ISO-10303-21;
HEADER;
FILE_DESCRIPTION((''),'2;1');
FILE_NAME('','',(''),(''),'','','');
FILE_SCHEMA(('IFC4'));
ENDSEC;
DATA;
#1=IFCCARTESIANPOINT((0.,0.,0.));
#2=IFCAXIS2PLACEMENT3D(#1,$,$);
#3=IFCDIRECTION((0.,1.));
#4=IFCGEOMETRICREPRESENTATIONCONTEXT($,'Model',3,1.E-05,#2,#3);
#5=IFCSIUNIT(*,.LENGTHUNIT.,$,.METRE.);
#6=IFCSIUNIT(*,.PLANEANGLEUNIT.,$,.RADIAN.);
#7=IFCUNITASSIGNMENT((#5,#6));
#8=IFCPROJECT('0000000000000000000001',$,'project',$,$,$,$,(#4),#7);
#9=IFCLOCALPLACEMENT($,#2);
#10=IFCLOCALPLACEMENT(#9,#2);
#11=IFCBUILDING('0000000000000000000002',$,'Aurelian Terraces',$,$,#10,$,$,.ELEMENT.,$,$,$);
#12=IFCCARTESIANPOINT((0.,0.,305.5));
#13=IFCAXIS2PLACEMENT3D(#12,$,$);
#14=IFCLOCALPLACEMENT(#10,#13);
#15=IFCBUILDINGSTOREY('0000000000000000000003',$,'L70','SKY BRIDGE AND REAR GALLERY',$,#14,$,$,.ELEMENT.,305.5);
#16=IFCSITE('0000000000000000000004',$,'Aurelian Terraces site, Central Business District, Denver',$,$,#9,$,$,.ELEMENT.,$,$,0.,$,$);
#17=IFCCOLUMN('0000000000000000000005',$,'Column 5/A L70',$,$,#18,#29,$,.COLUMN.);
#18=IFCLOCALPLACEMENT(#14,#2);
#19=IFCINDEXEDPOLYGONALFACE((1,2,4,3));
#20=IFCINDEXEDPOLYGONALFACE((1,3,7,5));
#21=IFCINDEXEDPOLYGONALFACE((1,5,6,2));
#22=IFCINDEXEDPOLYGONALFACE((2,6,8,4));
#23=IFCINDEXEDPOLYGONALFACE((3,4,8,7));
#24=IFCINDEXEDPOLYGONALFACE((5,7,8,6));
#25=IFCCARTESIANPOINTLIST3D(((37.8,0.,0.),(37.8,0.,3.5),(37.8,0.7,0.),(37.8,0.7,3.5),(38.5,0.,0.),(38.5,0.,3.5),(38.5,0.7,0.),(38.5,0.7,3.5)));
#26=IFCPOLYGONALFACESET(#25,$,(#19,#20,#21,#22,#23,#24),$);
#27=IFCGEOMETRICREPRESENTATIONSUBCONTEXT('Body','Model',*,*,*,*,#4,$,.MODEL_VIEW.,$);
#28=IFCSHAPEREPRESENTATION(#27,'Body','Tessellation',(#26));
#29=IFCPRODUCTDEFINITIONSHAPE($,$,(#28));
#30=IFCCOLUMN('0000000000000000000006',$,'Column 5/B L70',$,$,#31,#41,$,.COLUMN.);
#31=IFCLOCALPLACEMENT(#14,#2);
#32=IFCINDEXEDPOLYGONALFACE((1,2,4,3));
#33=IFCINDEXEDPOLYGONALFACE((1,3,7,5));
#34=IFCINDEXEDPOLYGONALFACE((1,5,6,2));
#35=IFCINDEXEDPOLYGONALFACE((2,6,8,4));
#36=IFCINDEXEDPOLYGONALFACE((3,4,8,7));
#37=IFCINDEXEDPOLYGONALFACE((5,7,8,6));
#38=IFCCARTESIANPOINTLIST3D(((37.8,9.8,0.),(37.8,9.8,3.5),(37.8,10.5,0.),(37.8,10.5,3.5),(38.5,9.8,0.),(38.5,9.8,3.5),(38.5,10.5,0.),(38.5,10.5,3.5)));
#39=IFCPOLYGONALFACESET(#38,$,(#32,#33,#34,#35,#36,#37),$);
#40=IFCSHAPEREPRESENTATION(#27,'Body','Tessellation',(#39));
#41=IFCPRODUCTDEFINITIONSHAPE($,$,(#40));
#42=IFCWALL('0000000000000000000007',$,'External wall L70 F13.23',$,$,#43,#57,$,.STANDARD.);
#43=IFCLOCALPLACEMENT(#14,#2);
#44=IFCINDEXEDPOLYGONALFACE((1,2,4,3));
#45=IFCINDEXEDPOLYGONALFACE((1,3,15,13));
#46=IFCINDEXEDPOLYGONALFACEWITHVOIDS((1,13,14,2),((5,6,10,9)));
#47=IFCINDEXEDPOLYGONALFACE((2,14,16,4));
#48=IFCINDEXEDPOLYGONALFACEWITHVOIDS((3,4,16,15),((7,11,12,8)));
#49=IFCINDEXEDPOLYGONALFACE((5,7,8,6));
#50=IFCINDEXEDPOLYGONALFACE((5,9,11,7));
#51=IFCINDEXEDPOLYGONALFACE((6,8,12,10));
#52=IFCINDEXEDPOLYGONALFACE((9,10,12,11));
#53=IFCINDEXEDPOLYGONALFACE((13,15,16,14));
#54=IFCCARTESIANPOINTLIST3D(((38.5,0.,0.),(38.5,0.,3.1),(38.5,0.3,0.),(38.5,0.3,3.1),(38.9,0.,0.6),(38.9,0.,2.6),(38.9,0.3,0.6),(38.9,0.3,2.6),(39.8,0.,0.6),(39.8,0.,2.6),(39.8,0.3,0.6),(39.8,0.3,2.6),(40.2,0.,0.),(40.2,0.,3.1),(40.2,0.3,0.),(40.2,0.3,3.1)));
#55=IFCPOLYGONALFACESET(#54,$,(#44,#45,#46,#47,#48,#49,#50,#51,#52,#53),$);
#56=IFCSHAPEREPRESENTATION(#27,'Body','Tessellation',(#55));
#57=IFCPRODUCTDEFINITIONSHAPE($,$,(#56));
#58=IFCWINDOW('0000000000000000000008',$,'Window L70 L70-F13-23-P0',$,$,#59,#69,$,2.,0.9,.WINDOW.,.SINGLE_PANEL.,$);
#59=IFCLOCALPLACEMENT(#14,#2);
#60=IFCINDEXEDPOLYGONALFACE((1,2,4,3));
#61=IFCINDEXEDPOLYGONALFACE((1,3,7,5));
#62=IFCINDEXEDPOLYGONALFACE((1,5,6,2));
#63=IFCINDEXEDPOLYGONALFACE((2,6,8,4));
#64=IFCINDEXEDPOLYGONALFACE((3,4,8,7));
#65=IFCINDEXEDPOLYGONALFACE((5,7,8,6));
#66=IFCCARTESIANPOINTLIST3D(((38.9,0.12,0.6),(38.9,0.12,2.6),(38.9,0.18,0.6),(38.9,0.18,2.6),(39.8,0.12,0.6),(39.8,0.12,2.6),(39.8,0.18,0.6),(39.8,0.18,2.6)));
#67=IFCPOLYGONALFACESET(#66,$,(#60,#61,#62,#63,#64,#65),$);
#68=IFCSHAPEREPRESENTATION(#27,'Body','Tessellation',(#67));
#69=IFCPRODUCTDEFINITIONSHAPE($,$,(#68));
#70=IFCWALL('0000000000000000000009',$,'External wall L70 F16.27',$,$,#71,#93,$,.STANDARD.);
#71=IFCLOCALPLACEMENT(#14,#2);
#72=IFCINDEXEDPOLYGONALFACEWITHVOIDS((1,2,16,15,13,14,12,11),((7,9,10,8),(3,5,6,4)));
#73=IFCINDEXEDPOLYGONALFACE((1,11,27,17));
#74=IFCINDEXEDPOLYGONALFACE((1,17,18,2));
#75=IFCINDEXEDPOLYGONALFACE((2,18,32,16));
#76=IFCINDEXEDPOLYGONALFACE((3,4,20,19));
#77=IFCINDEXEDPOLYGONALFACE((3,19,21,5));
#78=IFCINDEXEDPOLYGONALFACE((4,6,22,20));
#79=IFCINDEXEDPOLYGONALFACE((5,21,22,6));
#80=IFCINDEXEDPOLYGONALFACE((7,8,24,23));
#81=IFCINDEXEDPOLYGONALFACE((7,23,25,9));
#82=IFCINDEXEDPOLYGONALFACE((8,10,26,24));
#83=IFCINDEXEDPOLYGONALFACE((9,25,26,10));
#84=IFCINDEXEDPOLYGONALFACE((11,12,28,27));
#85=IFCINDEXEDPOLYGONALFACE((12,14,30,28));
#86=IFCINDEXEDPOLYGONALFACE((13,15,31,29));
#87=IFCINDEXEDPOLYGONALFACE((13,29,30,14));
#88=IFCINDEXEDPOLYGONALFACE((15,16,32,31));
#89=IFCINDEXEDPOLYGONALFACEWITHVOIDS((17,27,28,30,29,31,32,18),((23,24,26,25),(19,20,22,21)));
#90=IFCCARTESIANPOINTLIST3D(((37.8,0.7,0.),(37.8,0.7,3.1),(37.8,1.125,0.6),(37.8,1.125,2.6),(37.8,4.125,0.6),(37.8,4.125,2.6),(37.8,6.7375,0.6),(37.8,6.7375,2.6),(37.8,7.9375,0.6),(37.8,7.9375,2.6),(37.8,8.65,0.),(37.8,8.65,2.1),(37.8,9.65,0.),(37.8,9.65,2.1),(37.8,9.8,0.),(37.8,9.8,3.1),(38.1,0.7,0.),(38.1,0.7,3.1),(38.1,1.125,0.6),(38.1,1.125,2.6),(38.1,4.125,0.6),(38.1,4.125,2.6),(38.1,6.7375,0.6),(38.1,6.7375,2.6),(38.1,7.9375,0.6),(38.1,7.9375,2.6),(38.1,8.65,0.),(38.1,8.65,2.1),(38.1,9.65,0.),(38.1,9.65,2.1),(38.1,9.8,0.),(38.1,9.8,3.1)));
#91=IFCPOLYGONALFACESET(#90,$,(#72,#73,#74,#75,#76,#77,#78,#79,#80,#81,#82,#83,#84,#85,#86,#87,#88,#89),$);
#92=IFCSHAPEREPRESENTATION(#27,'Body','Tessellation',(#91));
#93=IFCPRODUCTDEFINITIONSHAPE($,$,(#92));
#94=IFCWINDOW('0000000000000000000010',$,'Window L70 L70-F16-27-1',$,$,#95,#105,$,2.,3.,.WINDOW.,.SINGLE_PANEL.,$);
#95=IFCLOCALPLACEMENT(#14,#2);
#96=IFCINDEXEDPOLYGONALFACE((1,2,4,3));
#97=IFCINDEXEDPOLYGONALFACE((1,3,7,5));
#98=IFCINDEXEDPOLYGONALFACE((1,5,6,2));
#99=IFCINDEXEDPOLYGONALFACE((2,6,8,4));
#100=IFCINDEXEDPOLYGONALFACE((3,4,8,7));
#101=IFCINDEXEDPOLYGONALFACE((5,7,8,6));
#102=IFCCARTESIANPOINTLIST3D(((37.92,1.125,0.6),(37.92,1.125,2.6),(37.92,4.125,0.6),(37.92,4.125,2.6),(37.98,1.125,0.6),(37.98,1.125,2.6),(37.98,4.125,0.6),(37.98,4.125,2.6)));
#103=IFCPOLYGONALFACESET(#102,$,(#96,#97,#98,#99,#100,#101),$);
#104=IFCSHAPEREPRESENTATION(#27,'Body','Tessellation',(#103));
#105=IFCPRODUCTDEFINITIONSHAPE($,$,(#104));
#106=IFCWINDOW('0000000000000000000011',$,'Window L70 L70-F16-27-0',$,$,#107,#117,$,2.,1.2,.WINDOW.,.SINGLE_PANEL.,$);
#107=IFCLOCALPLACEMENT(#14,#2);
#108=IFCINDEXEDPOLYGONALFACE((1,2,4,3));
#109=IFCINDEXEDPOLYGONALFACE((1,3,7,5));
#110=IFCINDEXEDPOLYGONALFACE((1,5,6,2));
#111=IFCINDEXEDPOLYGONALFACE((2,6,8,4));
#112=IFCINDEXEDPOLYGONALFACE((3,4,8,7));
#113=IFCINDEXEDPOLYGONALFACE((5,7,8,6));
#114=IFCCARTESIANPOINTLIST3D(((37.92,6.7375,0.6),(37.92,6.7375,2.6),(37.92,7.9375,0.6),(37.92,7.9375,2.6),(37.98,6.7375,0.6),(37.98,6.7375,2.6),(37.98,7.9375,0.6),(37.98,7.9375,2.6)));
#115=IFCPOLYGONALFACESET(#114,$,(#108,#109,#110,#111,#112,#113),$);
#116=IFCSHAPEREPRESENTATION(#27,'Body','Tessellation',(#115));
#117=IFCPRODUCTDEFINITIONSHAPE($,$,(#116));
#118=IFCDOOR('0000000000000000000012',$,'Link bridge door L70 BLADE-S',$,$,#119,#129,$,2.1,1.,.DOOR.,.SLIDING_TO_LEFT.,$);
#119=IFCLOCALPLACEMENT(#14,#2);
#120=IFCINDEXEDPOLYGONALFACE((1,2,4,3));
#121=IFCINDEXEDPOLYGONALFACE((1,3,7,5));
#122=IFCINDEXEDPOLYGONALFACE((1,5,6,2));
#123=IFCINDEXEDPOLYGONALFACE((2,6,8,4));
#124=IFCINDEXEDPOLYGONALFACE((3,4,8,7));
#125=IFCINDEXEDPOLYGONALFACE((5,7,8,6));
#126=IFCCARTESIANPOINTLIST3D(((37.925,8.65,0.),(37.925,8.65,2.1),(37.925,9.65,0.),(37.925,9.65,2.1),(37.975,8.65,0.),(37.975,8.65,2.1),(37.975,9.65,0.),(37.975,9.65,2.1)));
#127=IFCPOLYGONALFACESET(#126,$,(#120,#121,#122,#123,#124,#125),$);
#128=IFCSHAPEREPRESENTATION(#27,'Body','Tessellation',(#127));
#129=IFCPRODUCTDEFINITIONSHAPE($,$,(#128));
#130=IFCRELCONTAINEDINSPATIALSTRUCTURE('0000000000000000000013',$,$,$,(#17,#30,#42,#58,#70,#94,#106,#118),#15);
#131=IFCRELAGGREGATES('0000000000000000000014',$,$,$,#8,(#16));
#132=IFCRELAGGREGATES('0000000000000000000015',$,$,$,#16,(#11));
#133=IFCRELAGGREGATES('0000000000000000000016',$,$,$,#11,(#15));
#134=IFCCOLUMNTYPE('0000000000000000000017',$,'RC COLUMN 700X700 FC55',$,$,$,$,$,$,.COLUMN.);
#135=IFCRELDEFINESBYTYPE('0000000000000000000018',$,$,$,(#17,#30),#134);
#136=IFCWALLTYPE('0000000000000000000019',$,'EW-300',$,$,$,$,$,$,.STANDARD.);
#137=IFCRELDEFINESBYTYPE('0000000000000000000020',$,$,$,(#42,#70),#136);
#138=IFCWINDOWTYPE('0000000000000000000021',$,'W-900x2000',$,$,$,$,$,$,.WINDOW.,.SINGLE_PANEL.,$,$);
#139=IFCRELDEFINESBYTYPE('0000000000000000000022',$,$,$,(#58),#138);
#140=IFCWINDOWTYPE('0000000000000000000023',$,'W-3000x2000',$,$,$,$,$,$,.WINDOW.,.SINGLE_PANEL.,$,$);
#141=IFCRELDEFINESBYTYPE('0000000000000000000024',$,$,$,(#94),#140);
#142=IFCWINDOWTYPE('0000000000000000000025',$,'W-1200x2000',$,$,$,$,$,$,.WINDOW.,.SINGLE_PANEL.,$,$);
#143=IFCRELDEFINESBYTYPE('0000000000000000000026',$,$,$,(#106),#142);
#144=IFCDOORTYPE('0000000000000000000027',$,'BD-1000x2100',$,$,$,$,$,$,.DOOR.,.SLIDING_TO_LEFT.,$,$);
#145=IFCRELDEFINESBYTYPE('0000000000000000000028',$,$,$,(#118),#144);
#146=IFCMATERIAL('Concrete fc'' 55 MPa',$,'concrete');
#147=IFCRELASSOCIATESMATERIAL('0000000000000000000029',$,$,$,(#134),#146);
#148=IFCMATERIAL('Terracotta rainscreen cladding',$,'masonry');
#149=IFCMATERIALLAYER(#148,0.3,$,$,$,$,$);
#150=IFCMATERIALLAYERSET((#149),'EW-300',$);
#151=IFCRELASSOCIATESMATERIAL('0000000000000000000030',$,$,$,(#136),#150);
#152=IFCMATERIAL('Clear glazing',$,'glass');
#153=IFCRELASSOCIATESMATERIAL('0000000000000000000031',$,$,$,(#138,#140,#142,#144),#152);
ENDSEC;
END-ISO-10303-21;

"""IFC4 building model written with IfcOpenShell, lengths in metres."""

from ifc_helpers import new_model, si_unit, direction, frame, frame_2d, origin, origin_2d, place, context, subcontext, project, spatial, rectangle, extrude, source, transform, mapped, material, layer, layer_set, material_profile, profile_set, type_object, element, fill, save


model = new_model("IFC4")

# Units and contexts
model_context = context("Model", 3, precision=1e-05, world=origin(), true_north=direction((0.0, 1.0)))
body_context = subcontext(model_context, "Body", "Model", "MODEL_VIEW")
ifc_project = project(units=[si_unit("LENGTHUNIT", "METRE"), si_unit("PLANEANGLEUNIT", "RADIAN")], contexts=[model_context])

# Site, building, storey
site_placement = place(None, origin())
site = spatial("IfcSite", under=ifc_project, at=site_placement, Name="Aurelian Terraces site, Central Business District, Denver", CompositionType="ELEMENT", RefElevation=0.0)
building_placement = place(site_placement, origin())
building = spatial("IfcBuilding", under=site, at=building_placement, Name="Aurelian Terraces", CompositionType="ELEMENT")
storey_placement = place(building_placement, frame((0.0, 0.0, 305.5)))
storey = spatial("IfcBuildingStorey", under=building, at=storey_placement, Name="L70", Description="SKY BRIDGE AND REAR GALLERY", CompositionType="ELEMENT", Elevation=305.5)

# Columns
ifc_material_1 = material(Name="Concrete fc' 55 MPa", Category="concrete")
ifc_material_profile = material_profile(ifc_material_1, rectangle(XDim=0.7, YDim=0.7, at=origin_2d()))
ifc_profile_set = profile_set([ifc_material_profile], Name="Concrete fc' 55 MPa")
column_type = type_object("IfcColumnType", Name="RC COLUMN 700X700 FC55", PredefinedType="COLUMN", material=ifc_profile_set)
shared_shape_1 = source(origin(), body_context, "Body", "SweptSolid", [
    extrude(rectangle(XDim=0.7, YDim=0.7, at=origin_2d()), origin(), (0.0, 0.0, 1.0), 3.5),
])
for number, where, z_axis, x_axis, name in (
    (1, (38.15, 0.35, 0.0), (0.0, 0.0, 1.0), (1.0, 0.0, 0.0), "Column 5/A L70"),
    (2, (38.15, 10.15, 0.0), (0.0, 0.0, 1.0), (1.0, 0.0, 0.0), "Column 5/B L70"),
):
    element("IfcColumn", number, at=place(storey_placement, frame(where, z_axis=z_axis, x_axis=x_axis)), inside=storey, type_object=column_type, Name=name, PredefinedType="COLUMN", context=body_context, shape_type="MappedRepresentation", body=[
        mapped(shared_shape_1, transform((0.0, 0.0, 0.0), scale=1.0)),
    ])

# Wall, opening, window
ifc_material_2 = material(Name="Terracotta rainscreen cladding", Category="masonry")
ifc_layer_1 = layer(ifc_material_2, 0.3)
ifc_layer_set_1 = layer_set([ifc_layer_1], Name="EW-300")
wall_type_1 = type_object("IfcWallType", Name="EW-300", PredefinedType="STANDARD", material=ifc_layer_set_1)
shared_shape_2 = source(origin(), body_context, "Body", "SweptSolid", [
    extrude(rectangle(XDim=1.7, YDim=0.3, at=frame_2d((0.85, 0.0))), origin(), (0.0, 0.0, 1.0), 3.1),
])
wall_1_placement = place(storey_placement, frame((38.5, 0.15, 0.0), z_axis=(0.0, 0.0, 1.0), x_axis=(1.0, 0.0, 0.0)))
wall_1 = element("IfcWall", 3, at=wall_1_placement, inside=storey, type_object=wall_type_1, Name="External wall L70 F13.23", PredefinedType="STANDARD", context=body_context, shape_type="MappedRepresentation", body=[
    mapped(shared_shape_2, transform((0.0, 0.0, 0.0), scale=1.0)),
])
shared_shape_3 = source(origin(), body_context, "Body", "SweptSolid", [
    extrude(rectangle(XDim=0.9, YDim=2.0, at=frame_2d((0.45, 1.0))), frame((0.0, 0.16, 0.0), z_axis=(0.0, -1.0, 0.0), x_axis=(1.0, 0.0, 0.0)), (0.0, 0.0, 1.0), 0.32),
])
opening_1_placement = place(wall_1_placement, frame((0.4, 0.0, 0.6)))
opening_1 = element("IfcOpeningElement", 4, at=opening_1_placement, cuts=wall_1, PredefinedType="OPENING", context=body_context, shape_type="MappedRepresentation", body=[
    mapped(shared_shape_3, transform((0.0, 0.0, 0.0), scale=1.0)),
])
ifc_material_3 = material(Name="Clear glazing", Category="glass")
window_type_1 = type_object("IfcWindowType", Name="W-900x2000", PartitioningType="SINGLE_PANEL", PredefinedType="WINDOW", material=ifc_material_3)
shared_shape_4 = source(origin(), body_context, "Body", "SweptSolid", [
    extrude(rectangle(XDim=0.9, YDim=2.0, at=frame_2d((0.45, 1.0))), frame((0.0, 0.03, 0.0), z_axis=(0.0, -1.0, 0.0), x_axis=(1.0, 0.0, 0.0)), (0.0, 0.0, 1.0), 0.06),
])
window_1_placement = place(opening_1_placement, origin())
window_1 = element("IfcWindow", 5, at=window_1_placement, inside=storey, type_object=window_type_1, Name="Window L70 L70-F13-23-P0", OverallHeight=2.0, OverallWidth=0.9, PartitioningType="SINGLE_PANEL", PredefinedType="WINDOW", context=body_context, shape_type="MappedRepresentation", body=[
    mapped(shared_shape_4, transform((0.0, 0.0, 0.0), scale=1.0)),
])
fill(opening_1, window_1)

# Wall, openings, windows, door
shared_shape_5 = source(origin(), body_context, "Body", "SweptSolid", [
    extrude(rectangle(XDim=9.1, YDim=0.3, at=frame_2d((4.55, 0.0))), origin(), (0.0, 0.0, 1.0), 3.1),
])
wall_2_placement = place(storey_placement, frame((37.95, 9.8, 0.0), z_axis=(0.0, 0.0, 1.0), x_axis=(0.0, -1.0, 0.0)))
wall_2 = element("IfcWall", 6, at=wall_2_placement, inside=storey, type_object=wall_type_1, Name="External wall L70 F16.27", PredefinedType="STANDARD", context=body_context, shape_type="MappedRepresentation", body=[
    mapped(shared_shape_5, transform((0.0, 0.0, 0.0), scale=1.0)),
])
shared_shape_6 = source(origin(), body_context, "Body", "SweptSolid", [
    extrude(rectangle(XDim=1.2, YDim=2.0, at=frame_2d((0.6, 1.0))), frame((0.0, 0.16, 0.0), z_axis=(0.0, -1.0, 0.0), x_axis=(1.0, 0.0, 0.0)), (0.0, 0.0, 1.0), 0.32),
])
opening_2_placement = place(wall_2_placement, frame((1.8625, 0.0, 0.6)))
opening_2 = element("IfcOpeningElement", 7, at=opening_2_placement, cuts=wall_2, PredefinedType="OPENING", context=body_context, shape_type="MappedRepresentation", body=[
    mapped(shared_shape_6, transform((0.0, 0.0, 0.0), scale=1.0)),
])
shared_shape_7 = source(origin(), body_context, "Body", "SweptSolid", [
    extrude(rectangle(XDim=3.0, YDim=2.0, at=frame_2d((1.5, 1.0))), frame((0.0, 0.16, 0.0), z_axis=(0.0, -1.0, 0.0), x_axis=(1.0, 0.0, 0.0)), (0.0, 0.0, 1.0), 0.32),
])
opening_3_placement = place(wall_2_placement, frame((5.675, 0.0, 0.6)))
opening_3 = element("IfcOpeningElement", 8, at=opening_3_placement, cuts=wall_2, PredefinedType="OPENING", context=body_context, shape_type="MappedRepresentation", body=[
    mapped(shared_shape_7, transform((0.0, 0.0, 0.0), scale=1.0)),
])
shared_shape_8 = source(origin(), body_context, "Body", "SweptSolid", [
    extrude(rectangle(XDim=1.0, YDim=2.1, at=frame_2d((0.5, 1.05))), frame((0.0, 0.16, 0.0), z_axis=(0.0, -1.0, 0.0), x_axis=(1.0, 0.0, 0.0)), (0.0, 0.0, 1.0), 0.32),
])
opening_4_placement = place(wall_2_placement, frame((0.15, 0.0, 0.0)))
opening_4 = element("IfcOpeningElement", 9, at=opening_4_placement, cuts=wall_2, PredefinedType="OPENING", context=body_context, shape_type="MappedRepresentation", body=[
    mapped(shared_shape_8, transform((0.0, 0.0, 0.0), scale=1.0)),
])
window_type_2 = type_object("IfcWindowType", Name="W-3000x2000", PartitioningType="SINGLE_PANEL", PredefinedType="WINDOW", material=ifc_material_3)
shared_shape_9 = source(origin(), body_context, "Body", "SweptSolid", [
    extrude(rectangle(XDim=3.0, YDim=2.0, at=frame_2d((1.5, 1.0))), frame((0.0, 0.03, 0.0), z_axis=(0.0, -1.0, 0.0), x_axis=(1.0, 0.0, 0.0)), (0.0, 0.0, 1.0), 0.06),
])
window_2_placement = place(opening_3_placement, origin())
window_2 = element("IfcWindow", 10, at=window_2_placement, inside=storey, type_object=window_type_2, Name="Window L70 L70-F16-27-1", OverallHeight=2.0, OverallWidth=3.0, PartitioningType="SINGLE_PANEL", PredefinedType="WINDOW", context=body_context, shape_type="MappedRepresentation", body=[
    mapped(shared_shape_9, transform((0.0, 0.0, 0.0), scale=1.0)),
])
fill(opening_3, window_2)
window_type_3 = type_object("IfcWindowType", Name="W-1200x2000", PartitioningType="SINGLE_PANEL", PredefinedType="WINDOW", material=ifc_material_3)
shared_shape_10 = source(origin(), body_context, "Body", "SweptSolid", [
    extrude(rectangle(XDim=1.2, YDim=2.0, at=frame_2d((0.6, 1.0))), frame((0.0, 0.03, 0.0), z_axis=(0.0, -1.0, 0.0), x_axis=(1.0, 0.0, 0.0)), (0.0, 0.0, 1.0), 0.06),
])
window_3_placement = place(opening_2_placement, origin())
window_3 = element("IfcWindow", 11, at=window_3_placement, inside=storey, type_object=window_type_3, Name="Window L70 L70-F16-27-0", OverallHeight=2.0, OverallWidth=1.2, PartitioningType="SINGLE_PANEL", PredefinedType="WINDOW", context=body_context, shape_type="MappedRepresentation", body=[
    mapped(shared_shape_10, transform((0.0, 0.0, 0.0), scale=1.0)),
])
fill(opening_2, window_3)
door_type_1 = type_object("IfcDoorType", Name="BD-1000x2100", OperationType="SLIDING_TO_LEFT", PredefinedType="DOOR", material=ifc_material_3)
shared_shape_11 = source(origin(), body_context, "Body", "SweptSolid", [
    extrude(rectangle(XDim=1.0, YDim=2.1, at=frame_2d((0.5, 1.05))), frame((0.0, 0.025, 0.0), z_axis=(0.0, -1.0, 0.0), x_axis=(1.0, 0.0, 0.0)), (0.0, 0.0, 1.0), 0.05),
])
door_1_placement = place(opening_4_placement, origin())
door_1 = element("IfcDoor", 12, at=door_1_placement, inside=storey, type_object=door_type_1, Name="Link bridge door L70 BLADE-S", OperationType="SLIDING_TO_LEFT", OverallHeight=2.1, OverallWidth=1.0, PredefinedType="DOOR", context=body_context, shape_type="MappedRepresentation", body=[
    mapped(shared_shape_11, transform((0.0, 0.0, 0.0), scale=1.0)),
])
fill(opening_4, door_1)

save(model, "model.ifc")
